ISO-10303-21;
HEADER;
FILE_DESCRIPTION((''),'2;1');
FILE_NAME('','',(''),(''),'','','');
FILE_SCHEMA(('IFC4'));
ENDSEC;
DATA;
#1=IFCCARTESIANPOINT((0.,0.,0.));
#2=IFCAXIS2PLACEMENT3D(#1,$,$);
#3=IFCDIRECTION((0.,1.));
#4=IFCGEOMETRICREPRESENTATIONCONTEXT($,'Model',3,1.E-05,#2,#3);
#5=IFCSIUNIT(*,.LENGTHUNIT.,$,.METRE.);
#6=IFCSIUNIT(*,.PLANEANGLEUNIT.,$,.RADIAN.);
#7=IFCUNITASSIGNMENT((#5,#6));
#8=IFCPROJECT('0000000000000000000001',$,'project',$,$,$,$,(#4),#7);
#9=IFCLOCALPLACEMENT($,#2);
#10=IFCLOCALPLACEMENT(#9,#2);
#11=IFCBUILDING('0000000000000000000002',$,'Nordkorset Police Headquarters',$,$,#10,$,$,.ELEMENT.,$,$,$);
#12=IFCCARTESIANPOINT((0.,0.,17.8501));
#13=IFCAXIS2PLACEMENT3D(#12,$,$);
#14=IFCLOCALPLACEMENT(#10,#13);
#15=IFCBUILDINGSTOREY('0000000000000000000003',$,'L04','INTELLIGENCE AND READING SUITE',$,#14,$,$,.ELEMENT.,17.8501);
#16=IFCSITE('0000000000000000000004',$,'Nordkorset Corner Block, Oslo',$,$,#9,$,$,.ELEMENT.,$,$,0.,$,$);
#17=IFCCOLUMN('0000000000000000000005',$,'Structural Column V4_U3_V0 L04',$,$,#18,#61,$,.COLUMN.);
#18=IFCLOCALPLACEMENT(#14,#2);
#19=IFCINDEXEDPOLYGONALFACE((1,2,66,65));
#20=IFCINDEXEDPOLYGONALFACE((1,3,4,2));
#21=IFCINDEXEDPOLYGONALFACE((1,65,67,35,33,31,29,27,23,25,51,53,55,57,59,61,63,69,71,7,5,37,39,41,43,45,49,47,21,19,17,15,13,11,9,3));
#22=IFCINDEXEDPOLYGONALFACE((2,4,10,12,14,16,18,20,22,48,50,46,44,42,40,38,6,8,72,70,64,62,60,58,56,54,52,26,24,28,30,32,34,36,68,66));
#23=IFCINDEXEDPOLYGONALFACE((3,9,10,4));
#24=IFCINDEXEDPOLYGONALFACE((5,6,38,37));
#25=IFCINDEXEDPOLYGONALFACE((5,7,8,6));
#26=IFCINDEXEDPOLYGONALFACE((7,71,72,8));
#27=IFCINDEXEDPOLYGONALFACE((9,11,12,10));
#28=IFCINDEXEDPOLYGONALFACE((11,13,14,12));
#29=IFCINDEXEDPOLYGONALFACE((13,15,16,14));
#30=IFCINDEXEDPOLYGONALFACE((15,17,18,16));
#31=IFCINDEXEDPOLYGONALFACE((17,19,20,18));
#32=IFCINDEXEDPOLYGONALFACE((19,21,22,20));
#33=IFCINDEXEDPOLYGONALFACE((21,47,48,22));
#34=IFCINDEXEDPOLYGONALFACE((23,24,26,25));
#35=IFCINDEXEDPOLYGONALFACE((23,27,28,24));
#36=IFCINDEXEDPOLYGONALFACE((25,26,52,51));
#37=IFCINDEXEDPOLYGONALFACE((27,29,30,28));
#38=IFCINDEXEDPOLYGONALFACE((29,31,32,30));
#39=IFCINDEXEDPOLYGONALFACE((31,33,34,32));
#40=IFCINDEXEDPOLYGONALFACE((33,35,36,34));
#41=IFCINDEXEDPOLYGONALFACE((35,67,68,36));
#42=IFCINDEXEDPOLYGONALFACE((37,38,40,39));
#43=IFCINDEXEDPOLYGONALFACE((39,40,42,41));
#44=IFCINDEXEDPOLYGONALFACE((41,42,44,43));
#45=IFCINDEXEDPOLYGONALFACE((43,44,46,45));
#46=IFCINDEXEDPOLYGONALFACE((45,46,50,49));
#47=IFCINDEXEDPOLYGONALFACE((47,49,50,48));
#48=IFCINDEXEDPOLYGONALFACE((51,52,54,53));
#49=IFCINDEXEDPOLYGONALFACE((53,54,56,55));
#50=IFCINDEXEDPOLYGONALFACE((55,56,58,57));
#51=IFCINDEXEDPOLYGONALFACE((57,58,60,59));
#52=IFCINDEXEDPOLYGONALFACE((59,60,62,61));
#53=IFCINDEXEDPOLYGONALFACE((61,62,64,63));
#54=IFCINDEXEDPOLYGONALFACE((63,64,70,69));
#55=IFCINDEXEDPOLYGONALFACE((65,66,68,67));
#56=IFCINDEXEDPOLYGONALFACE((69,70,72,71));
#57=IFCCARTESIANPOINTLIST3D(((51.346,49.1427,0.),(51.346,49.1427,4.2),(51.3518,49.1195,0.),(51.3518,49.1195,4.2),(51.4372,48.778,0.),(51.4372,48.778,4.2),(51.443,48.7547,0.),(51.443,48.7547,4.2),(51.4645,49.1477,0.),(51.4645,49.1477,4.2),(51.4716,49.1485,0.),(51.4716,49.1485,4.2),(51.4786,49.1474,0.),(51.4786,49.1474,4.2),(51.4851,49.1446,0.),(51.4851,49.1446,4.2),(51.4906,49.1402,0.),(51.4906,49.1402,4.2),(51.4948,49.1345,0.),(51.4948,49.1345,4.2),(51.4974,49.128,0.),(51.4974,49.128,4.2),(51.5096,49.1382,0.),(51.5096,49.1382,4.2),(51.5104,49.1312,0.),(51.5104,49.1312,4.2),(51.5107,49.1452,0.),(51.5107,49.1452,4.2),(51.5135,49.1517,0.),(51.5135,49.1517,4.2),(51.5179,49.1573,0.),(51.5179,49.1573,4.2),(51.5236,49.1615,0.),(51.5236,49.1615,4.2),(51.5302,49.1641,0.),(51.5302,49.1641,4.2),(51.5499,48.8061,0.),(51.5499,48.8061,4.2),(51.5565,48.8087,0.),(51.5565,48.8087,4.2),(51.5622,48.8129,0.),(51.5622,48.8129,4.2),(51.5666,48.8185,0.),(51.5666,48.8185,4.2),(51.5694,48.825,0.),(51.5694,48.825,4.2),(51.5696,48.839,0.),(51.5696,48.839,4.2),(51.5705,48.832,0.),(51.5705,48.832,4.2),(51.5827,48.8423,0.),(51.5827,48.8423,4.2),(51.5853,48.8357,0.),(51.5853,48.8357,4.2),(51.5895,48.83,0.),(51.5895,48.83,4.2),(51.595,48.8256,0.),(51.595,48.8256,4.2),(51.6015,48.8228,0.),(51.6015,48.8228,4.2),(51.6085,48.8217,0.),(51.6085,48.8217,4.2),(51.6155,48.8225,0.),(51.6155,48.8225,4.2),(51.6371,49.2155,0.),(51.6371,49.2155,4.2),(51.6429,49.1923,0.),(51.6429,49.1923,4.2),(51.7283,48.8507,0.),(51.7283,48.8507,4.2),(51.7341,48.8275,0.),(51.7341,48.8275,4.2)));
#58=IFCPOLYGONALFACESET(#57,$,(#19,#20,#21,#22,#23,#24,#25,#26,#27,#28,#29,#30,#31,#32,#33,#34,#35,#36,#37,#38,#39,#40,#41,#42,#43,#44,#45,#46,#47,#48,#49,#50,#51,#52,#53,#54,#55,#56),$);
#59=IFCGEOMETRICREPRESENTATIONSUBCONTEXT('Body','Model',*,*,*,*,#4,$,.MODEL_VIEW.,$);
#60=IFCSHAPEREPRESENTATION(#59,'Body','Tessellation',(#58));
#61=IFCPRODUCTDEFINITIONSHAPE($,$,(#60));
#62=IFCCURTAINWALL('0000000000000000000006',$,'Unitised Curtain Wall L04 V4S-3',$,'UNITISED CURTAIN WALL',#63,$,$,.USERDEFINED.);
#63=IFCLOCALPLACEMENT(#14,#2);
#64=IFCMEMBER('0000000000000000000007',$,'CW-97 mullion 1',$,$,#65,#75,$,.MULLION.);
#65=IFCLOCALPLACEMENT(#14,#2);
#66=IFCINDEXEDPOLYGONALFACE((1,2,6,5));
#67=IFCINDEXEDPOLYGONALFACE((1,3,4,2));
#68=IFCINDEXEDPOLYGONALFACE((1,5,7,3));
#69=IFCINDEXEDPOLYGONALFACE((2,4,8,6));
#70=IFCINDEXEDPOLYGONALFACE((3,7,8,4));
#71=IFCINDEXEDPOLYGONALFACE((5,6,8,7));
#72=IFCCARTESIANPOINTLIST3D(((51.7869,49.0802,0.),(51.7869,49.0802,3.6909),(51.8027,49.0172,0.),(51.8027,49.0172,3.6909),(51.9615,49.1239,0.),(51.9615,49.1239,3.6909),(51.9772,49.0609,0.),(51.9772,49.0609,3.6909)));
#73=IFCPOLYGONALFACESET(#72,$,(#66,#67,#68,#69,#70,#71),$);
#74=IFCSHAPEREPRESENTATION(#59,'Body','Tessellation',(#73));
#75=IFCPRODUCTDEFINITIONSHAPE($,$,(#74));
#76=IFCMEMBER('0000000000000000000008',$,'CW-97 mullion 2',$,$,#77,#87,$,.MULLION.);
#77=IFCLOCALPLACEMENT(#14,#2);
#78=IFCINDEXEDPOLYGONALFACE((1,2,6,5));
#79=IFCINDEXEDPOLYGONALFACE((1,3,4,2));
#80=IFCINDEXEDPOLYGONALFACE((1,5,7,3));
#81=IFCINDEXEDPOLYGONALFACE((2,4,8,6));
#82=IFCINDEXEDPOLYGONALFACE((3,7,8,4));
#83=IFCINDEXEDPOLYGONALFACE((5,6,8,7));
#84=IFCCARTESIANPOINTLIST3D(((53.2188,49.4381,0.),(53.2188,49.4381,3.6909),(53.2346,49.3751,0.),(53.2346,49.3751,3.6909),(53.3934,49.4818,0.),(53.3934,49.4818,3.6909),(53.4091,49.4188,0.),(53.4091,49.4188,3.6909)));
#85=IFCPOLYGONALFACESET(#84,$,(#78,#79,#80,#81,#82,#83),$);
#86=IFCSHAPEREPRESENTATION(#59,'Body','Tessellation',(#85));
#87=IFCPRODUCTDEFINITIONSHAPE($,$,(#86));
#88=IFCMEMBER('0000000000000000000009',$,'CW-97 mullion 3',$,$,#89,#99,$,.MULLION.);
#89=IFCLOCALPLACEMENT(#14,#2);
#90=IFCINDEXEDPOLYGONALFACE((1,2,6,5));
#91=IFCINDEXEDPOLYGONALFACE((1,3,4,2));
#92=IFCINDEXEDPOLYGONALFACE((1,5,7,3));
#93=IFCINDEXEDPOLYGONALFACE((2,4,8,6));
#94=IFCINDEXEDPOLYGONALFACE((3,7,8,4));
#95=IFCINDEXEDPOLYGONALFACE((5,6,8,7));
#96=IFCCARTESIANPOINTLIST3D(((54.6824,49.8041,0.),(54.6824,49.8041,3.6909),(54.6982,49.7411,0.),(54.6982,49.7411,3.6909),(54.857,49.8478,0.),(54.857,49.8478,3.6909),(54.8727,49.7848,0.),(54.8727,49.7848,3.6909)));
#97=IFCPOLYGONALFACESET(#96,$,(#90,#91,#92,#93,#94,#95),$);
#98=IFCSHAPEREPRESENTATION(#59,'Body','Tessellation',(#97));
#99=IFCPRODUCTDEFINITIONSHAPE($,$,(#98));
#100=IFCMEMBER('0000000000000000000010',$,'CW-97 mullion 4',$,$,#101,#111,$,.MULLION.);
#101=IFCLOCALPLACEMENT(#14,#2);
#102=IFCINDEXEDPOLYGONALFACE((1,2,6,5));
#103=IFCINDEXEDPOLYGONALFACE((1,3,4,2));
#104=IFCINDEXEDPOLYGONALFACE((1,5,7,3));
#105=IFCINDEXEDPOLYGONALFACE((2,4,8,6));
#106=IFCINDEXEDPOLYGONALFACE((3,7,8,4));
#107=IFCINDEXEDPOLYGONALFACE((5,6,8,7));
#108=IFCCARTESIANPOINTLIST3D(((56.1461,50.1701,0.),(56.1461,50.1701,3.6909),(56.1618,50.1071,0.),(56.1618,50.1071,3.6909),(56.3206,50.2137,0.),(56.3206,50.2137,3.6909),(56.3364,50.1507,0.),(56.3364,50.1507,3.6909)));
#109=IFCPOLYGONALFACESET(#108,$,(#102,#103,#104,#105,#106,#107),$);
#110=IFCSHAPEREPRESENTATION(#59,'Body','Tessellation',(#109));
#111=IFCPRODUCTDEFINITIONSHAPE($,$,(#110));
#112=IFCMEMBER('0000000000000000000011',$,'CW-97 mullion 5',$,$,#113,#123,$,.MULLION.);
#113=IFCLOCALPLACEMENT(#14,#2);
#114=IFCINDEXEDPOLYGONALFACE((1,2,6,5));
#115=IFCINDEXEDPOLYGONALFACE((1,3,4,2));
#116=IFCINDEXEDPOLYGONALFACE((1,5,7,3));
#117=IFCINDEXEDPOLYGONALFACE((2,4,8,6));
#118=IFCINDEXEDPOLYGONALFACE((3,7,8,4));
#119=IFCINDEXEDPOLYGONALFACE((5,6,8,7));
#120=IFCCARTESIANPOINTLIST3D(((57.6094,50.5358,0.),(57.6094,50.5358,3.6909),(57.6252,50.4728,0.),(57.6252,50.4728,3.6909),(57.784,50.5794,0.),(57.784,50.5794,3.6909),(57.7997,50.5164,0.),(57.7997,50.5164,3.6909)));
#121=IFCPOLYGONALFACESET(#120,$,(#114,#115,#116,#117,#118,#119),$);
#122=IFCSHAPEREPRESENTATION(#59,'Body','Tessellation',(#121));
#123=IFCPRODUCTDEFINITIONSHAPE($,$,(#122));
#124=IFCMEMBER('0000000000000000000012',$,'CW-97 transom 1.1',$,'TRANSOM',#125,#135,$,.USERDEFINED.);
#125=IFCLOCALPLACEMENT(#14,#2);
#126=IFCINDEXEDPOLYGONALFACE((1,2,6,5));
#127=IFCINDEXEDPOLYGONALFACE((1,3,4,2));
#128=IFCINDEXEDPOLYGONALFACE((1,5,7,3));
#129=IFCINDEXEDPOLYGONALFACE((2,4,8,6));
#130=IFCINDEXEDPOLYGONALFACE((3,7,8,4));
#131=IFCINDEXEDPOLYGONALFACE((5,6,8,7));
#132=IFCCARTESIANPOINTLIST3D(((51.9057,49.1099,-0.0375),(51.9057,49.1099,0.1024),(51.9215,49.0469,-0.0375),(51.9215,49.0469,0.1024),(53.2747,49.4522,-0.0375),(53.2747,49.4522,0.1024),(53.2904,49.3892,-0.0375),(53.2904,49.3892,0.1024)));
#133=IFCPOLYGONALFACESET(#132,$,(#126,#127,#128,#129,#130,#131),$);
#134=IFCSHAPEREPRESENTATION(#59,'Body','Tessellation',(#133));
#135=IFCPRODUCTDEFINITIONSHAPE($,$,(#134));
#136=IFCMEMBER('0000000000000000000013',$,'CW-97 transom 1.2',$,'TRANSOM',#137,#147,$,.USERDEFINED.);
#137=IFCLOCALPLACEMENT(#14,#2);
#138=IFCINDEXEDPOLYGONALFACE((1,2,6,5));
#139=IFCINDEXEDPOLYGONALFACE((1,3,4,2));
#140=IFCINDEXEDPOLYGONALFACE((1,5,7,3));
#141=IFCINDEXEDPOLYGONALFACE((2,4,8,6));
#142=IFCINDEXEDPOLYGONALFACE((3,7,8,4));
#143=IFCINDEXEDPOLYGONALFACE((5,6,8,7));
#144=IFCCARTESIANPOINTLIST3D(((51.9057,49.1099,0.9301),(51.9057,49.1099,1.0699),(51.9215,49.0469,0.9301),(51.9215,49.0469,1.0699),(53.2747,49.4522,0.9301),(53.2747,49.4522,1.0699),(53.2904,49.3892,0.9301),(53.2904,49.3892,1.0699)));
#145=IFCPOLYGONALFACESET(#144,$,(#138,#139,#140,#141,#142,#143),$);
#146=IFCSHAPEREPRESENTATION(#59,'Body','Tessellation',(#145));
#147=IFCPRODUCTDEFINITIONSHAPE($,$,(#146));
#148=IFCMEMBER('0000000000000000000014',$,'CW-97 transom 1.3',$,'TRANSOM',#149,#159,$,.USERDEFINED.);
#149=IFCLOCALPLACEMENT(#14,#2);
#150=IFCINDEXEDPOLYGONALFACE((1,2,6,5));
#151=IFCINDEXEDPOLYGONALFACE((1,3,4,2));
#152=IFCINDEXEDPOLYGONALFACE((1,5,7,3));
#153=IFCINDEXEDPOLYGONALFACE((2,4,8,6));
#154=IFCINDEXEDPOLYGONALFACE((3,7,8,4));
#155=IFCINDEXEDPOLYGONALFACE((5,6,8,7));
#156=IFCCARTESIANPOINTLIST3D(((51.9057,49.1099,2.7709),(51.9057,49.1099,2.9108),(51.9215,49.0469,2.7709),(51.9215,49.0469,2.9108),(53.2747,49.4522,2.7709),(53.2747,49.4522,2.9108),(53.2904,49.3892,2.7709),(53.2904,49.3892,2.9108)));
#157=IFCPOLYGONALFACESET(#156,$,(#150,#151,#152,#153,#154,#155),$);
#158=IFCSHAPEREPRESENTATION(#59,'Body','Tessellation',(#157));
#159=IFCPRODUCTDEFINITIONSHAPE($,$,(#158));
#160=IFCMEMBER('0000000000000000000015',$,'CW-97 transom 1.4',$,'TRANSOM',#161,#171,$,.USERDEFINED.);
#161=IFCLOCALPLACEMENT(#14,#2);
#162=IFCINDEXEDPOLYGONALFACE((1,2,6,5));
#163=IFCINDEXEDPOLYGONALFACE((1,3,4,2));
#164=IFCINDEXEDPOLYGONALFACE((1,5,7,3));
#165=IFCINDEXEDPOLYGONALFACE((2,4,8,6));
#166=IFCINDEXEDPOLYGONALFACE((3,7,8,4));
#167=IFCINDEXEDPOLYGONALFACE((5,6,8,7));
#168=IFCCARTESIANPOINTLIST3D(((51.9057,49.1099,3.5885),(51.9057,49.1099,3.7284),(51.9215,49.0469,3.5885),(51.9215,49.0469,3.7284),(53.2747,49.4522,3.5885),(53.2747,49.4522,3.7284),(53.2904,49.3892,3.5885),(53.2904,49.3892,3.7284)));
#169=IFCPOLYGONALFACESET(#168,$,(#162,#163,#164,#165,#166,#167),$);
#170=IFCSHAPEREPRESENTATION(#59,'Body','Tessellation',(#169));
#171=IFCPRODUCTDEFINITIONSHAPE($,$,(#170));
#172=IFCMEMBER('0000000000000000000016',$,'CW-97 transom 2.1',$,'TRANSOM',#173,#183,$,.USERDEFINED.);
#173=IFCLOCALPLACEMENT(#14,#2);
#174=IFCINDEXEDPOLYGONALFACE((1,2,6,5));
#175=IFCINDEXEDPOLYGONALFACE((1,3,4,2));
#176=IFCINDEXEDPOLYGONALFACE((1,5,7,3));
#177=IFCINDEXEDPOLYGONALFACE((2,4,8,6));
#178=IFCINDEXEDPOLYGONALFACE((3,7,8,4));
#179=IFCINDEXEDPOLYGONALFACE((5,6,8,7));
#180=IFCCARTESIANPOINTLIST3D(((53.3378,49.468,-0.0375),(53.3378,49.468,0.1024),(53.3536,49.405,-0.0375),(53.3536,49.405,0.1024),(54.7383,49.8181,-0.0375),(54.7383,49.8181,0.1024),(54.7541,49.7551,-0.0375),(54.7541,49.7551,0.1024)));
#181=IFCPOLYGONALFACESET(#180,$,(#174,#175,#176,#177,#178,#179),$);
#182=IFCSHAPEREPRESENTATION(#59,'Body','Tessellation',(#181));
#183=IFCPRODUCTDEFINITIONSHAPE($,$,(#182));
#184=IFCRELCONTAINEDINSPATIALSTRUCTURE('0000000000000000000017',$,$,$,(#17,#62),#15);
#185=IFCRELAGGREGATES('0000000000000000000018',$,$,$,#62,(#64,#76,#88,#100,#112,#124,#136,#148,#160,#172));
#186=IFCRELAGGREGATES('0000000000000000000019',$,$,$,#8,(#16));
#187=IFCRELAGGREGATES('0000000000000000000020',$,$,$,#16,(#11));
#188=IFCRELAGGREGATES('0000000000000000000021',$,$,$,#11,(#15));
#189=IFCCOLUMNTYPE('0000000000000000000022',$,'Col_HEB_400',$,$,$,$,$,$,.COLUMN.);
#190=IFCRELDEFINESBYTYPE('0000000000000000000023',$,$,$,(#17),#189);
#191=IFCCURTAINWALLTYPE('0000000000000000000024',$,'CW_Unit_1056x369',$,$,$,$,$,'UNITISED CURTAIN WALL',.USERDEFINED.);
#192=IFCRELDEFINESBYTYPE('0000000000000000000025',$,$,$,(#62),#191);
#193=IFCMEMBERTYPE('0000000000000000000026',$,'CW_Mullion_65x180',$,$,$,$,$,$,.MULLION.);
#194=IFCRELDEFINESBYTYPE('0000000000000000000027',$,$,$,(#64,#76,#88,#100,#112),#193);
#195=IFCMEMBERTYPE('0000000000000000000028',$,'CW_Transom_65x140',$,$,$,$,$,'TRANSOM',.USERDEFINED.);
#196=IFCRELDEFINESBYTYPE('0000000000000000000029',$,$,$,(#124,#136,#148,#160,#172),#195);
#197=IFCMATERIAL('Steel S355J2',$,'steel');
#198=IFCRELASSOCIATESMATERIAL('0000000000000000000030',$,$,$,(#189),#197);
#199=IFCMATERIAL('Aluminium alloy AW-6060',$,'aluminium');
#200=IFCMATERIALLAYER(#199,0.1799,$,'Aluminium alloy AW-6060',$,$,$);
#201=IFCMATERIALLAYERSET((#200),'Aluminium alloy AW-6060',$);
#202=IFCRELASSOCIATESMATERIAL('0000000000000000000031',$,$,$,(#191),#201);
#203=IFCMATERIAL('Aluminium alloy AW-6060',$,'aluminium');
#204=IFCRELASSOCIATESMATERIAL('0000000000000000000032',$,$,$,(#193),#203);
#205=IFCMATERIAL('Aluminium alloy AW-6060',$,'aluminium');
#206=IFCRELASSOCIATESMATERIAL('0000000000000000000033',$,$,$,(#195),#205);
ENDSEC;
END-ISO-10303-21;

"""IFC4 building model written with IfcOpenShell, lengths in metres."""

from ifc_helpers import new_model, si_unit, direction, frame, origin, origin_2d, place, context, subcontext, project, spatial, rectangle, i_section, extrude, material, layer, layer_set, material_profile, profile_set, type_object, element, aggregate, save


model = new_model("IFC4")

# Units and contexts
model_context = context("Model", 3, precision=1e-05, world=origin(), true_north=direction((0.0, 1.0)))
body_context = subcontext(model_context, "Body", "Model", "MODEL_VIEW")
ifc_project = project(units=[si_unit("LENGTHUNIT", "METRE"), si_unit("PLANEANGLEUNIT", "RADIAN")], contexts=[model_context])

# Site, building, storey
site_placement = place(None, origin())
site = spatial("IfcSite", under=ifc_project, at=site_placement, Name="Nordkorset Corner Block, Oslo", CompositionType="ELEMENT", RefElevation=0.0)
building_placement = place(site_placement, origin())
building = spatial("IfcBuilding", under=site, at=building_placement, Name="Nordkorset Police Headquarters", CompositionType="ELEMENT")
storey_placement = place(building_placement, frame((0.0, 0.0, 17.8501)))
storey = spatial("IfcBuildingStorey", under=building, at=storey_placement, Name="L04", Description="INTELLIGENCE AND READING SUITE", CompositionType="ELEMENT", Elevation=17.8501)

# Column
ifc_material_1 = material(Name="Steel S355J2", Category="steel")
ifc_material_profile_1 = material_profile(ifc_material_1, i_section(OverallWidth=0.3, OverallDepth=0.3999, WebThickness=0.0134, FlangeThickness=0.0239, FilletRadius=0.0271, at=origin_2d()), Name="HEB 400")
ifc_profile_set_1 = profile_set([ifc_material_profile_1], Name="Steel S355J2")
column_type = type_object("IfcColumnType", Name="Col_HEB_400", PredefinedType="COLUMN", material=ifc_profile_set_1)
column_placement = place(storey_placement, frame((51.54, 48.9851, 0.0), z_axis=(0.0, 0.0, 1.0), x_axis=(0.970143, 0.242536, 0.0)))
element("IfcColumn", 1, at=column_placement, inside=storey, type_object=column_type, Name="Structural Column V4_U3_V0 L04", PredefinedType="COLUMN", context=body_context, shape_type="SweptSolid", body=[
    extrude(i_section(OverallWidth=0.3, OverallDepth=0.3999, WebThickness=0.0134, FlangeThickness=0.0239, FilletRadius=0.0271, at=origin_2d()), origin(), (0.0, 0.0, 1.0), 4.2),
])

# Curtain wall, members
ifc_material_2 = material(Name="Aluminium alloy AW-6060", Category="aluminium")
ifc_layer_1 = layer(ifc_material_2, 0.1799, Name="Aluminium alloy AW-6060")
ifc_layer_set_1 = layer_set([ifc_layer_1], Name="Aluminium alloy AW-6060")
curtain_wall_type = type_object("IfcCurtainWallType", Name="CW_Unit_1056x369", ElementType="UNITISED CURTAIN WALL", PredefinedType="USERDEFINED", material=ifc_layer_set_1)
curtain_wall_placement = place(storey_placement, origin())
curtain_wall = element("IfcCurtainWall", 2, at=curtain_wall_placement, inside=storey, type_object=curtain_wall_type, Name="Unitised Curtain Wall L04 V4S-3", ObjectType="UNITISED CURTAIN WALL", PredefinedType="USERDEFINED")
ifc_material_3 = material(Name="Aluminium alloy AW-6060", Category="aluminium")
ifc_material_profile_2 = material_profile(ifc_material_3, rectangle(XDim=0.0649, YDim=0.1799, at=origin_2d()), Name="ALU MULL 65x180")
ifc_profile_set_2 = profile_set([ifc_material_profile_2], Name="Aluminium alloy AW-6060")
member_type_1 = type_object("IfcMemberType", Name="CW_Mullion_65x180", PredefinedType="MULLION", material=ifc_profile_set_2)
member_1_placement = place(storey_placement, frame((51.8821, 49.0706, 0.0), z_axis=(0.0, 0.0, 1.0), x_axis=(-0.242535, 0.970143, 0.0)))
member_1 = element("IfcMember", 3, at=member_1_placement, type_object=member_type_1, Name="CW-97 mullion 1", PredefinedType="MULLION", context=body_context, shape_type="SweptSolid", body=[
    extrude(rectangle(XDim=0.0649, YDim=0.1799, at=origin_2d()), origin(), (0.0, 0.0, 1.0), 3.6909),
])
member_2_placement = place(storey_placement, frame((53.314, 49.4285, 0.0), z_axis=(0.0, 0.0, 1.0), x_axis=(-0.242535, 0.970143, 0.0)))
member_2 = element("IfcMember", 4, at=member_2_placement, type_object=member_type_1, Name="CW-97 mullion 2", PredefinedType="MULLION", context=body_context, shape_type="SweptSolid", body=[
    extrude(rectangle(XDim=0.0649, YDim=0.1799, at=origin_2d()), origin(), (0.0, 0.0, 1.0), 3.6909),
])
member_3_placement = place(storey_placement, frame((54.7776, 49.7944, 0.0), z_axis=(0.0, 0.0, 1.0), x_axis=(-0.242535, 0.970143, 0.0)))
member_3 = element("IfcMember", 5, at=member_3_placement, type_object=member_type_1, Name="CW-97 mullion 3", PredefinedType="MULLION", context=body_context, shape_type="SweptSolid", body=[
    extrude(rectangle(XDim=0.0649, YDim=0.1799, at=origin_2d()), origin(), (0.0, 0.0, 1.0), 3.6909),
])
member_4_placement = place(storey_placement, frame((56.2412, 50.1604, 0.0), z_axis=(0.0, 0.0, 1.0), x_axis=(-0.242535, 0.970143, 0.0)))
member_4 = element("IfcMember", 6, at=member_4_placement, type_object=member_type_1, Name="CW-97 mullion 4", PredefinedType="MULLION", context=body_context, shape_type="SweptSolid", body=[
    extrude(rectangle(XDim=0.0649, YDim=0.1799, at=origin_2d()), origin(), (0.0, 0.0, 1.0), 3.6909),
])
member_5_placement = place(storey_placement, frame((57.7046, 50.5261, 0.0), z_axis=(0.0, 0.0, 1.0), x_axis=(-0.242535, 0.970143, 0.0)))
member_5 = element("IfcMember", 7, at=member_5_placement, type_object=member_type_1, Name="CW-97 mullion 5", PredefinedType="MULLION", context=body_context, shape_type="SweptSolid", body=[
    extrude(rectangle(XDim=0.0649, YDim=0.1799, at=origin_2d()), origin(), (0.0, 0.0, 1.0), 3.6909),
])
ifc_material_4 = material(Name="Aluminium alloy AW-6060", Category="aluminium")
ifc_material_profile_3 = material_profile(ifc_material_4, rectangle(XDim=0.0649, YDim=0.1399, at=origin_2d()), Name="ALU TRAN 65x140")
ifc_profile_set_3 = profile_set([ifc_material_profile_3], Name="Aluminium alloy AW-6060")
member_type_2 = type_object("IfcMemberType", Name="CW_Transom_65x140", ElementType="TRANSOM", PredefinedType="USERDEFINED", material=ifc_profile_set_3)
member_6_placement = place(storey_placement, frame((51.9136, 49.0784, 0.0325), z_axis=(0.970132, 0.242576, 0.0), x_axis=(-0.242576, 0.970132, 0.0)))
member_6 = element("IfcMember", 8, at=member_6_placement, type_object=member_type_2, Name="CW-97 transom 1.1", ObjectType="TRANSOM", PredefinedType="USERDEFINED", context=body_context, shape_type="SweptSolid", body=[
    extrude(rectangle(XDim=0.0649, YDim=0.1399, at=origin_2d()), origin(), (0.0, 0.0, 1.0), 1.4111),
])
member_7_placement = place(storey_placement, frame((51.9136, 49.0784, 1.0), z_axis=(0.970132, 0.242576, 0.0), x_axis=(-0.242576, 0.970132, 0.0)))
member_7 = element("IfcMember", 9, at=member_7_placement, type_object=member_type_2, Name="CW-97 transom 1.2", ObjectType="TRANSOM", PredefinedType="USERDEFINED", context=body_context, shape_type="SweptSolid", body=[
    extrude(rectangle(XDim=0.0649, YDim=0.1399, at=origin_2d()), origin(), (0.0, 0.0, 1.0), 1.4111),
])
member_8_placement = place(storey_placement, frame((51.9136, 49.0784, 2.8408), z_axis=(0.970132, 0.242576, 0.0), x_axis=(-0.242576, 0.970132, 0.0)))
member_8 = element("IfcMember", 10, at=member_8_placement, type_object=member_type_2, Name="CW-97 transom 1.3", ObjectType="TRANSOM", PredefinedType="USERDEFINED", context=body_context, shape_type="SweptSolid", body=[
    extrude(rectangle(XDim=0.0649, YDim=0.1399, at=origin_2d()), origin(), (0.0, 0.0, 1.0), 1.4111),
])
member_9_placement = place(storey_placement, frame((51.9136, 49.0784, 3.6584), z_axis=(0.970132, 0.242576, 0.0), x_axis=(-0.242576, 0.970132, 0.0)))
member_9 = element("IfcMember", 11, at=member_9_placement, type_object=member_type_2, Name="CW-97 transom 1.4", ObjectType="TRANSOM", PredefinedType="USERDEFINED", context=body_context, shape_type="SweptSolid", body=[
    extrude(rectangle(XDim=0.0649, YDim=0.1399, at=origin_2d()), origin(), (0.0, 0.0, 1.0), 1.4111),
])
member_10_placement = place(storey_placement, frame((53.3457, 49.4365, 0.0325), z_axis=(0.970143, 0.242536, 0.0), x_axis=(-0.242536, 0.970143, 0.0)))
member_10 = element("IfcMember", 12, at=member_10_placement, type_object=member_type_2, Name="CW-97 transom 2.1", ObjectType="TRANSOM", PredefinedType="USERDEFINED", context=body_context, shape_type="SweptSolid", body=[
    extrude(rectangle(XDim=0.0649, YDim=0.1399, at=origin_2d()), origin(), (0.0, 0.0, 1.0), 1.4436),
])

aggregate(curtain_wall, [member_1, member_2, member_3, member_4, member_5, member_6, member_7, member_8, member_9, member_10])

save(model, "model.ifc")
